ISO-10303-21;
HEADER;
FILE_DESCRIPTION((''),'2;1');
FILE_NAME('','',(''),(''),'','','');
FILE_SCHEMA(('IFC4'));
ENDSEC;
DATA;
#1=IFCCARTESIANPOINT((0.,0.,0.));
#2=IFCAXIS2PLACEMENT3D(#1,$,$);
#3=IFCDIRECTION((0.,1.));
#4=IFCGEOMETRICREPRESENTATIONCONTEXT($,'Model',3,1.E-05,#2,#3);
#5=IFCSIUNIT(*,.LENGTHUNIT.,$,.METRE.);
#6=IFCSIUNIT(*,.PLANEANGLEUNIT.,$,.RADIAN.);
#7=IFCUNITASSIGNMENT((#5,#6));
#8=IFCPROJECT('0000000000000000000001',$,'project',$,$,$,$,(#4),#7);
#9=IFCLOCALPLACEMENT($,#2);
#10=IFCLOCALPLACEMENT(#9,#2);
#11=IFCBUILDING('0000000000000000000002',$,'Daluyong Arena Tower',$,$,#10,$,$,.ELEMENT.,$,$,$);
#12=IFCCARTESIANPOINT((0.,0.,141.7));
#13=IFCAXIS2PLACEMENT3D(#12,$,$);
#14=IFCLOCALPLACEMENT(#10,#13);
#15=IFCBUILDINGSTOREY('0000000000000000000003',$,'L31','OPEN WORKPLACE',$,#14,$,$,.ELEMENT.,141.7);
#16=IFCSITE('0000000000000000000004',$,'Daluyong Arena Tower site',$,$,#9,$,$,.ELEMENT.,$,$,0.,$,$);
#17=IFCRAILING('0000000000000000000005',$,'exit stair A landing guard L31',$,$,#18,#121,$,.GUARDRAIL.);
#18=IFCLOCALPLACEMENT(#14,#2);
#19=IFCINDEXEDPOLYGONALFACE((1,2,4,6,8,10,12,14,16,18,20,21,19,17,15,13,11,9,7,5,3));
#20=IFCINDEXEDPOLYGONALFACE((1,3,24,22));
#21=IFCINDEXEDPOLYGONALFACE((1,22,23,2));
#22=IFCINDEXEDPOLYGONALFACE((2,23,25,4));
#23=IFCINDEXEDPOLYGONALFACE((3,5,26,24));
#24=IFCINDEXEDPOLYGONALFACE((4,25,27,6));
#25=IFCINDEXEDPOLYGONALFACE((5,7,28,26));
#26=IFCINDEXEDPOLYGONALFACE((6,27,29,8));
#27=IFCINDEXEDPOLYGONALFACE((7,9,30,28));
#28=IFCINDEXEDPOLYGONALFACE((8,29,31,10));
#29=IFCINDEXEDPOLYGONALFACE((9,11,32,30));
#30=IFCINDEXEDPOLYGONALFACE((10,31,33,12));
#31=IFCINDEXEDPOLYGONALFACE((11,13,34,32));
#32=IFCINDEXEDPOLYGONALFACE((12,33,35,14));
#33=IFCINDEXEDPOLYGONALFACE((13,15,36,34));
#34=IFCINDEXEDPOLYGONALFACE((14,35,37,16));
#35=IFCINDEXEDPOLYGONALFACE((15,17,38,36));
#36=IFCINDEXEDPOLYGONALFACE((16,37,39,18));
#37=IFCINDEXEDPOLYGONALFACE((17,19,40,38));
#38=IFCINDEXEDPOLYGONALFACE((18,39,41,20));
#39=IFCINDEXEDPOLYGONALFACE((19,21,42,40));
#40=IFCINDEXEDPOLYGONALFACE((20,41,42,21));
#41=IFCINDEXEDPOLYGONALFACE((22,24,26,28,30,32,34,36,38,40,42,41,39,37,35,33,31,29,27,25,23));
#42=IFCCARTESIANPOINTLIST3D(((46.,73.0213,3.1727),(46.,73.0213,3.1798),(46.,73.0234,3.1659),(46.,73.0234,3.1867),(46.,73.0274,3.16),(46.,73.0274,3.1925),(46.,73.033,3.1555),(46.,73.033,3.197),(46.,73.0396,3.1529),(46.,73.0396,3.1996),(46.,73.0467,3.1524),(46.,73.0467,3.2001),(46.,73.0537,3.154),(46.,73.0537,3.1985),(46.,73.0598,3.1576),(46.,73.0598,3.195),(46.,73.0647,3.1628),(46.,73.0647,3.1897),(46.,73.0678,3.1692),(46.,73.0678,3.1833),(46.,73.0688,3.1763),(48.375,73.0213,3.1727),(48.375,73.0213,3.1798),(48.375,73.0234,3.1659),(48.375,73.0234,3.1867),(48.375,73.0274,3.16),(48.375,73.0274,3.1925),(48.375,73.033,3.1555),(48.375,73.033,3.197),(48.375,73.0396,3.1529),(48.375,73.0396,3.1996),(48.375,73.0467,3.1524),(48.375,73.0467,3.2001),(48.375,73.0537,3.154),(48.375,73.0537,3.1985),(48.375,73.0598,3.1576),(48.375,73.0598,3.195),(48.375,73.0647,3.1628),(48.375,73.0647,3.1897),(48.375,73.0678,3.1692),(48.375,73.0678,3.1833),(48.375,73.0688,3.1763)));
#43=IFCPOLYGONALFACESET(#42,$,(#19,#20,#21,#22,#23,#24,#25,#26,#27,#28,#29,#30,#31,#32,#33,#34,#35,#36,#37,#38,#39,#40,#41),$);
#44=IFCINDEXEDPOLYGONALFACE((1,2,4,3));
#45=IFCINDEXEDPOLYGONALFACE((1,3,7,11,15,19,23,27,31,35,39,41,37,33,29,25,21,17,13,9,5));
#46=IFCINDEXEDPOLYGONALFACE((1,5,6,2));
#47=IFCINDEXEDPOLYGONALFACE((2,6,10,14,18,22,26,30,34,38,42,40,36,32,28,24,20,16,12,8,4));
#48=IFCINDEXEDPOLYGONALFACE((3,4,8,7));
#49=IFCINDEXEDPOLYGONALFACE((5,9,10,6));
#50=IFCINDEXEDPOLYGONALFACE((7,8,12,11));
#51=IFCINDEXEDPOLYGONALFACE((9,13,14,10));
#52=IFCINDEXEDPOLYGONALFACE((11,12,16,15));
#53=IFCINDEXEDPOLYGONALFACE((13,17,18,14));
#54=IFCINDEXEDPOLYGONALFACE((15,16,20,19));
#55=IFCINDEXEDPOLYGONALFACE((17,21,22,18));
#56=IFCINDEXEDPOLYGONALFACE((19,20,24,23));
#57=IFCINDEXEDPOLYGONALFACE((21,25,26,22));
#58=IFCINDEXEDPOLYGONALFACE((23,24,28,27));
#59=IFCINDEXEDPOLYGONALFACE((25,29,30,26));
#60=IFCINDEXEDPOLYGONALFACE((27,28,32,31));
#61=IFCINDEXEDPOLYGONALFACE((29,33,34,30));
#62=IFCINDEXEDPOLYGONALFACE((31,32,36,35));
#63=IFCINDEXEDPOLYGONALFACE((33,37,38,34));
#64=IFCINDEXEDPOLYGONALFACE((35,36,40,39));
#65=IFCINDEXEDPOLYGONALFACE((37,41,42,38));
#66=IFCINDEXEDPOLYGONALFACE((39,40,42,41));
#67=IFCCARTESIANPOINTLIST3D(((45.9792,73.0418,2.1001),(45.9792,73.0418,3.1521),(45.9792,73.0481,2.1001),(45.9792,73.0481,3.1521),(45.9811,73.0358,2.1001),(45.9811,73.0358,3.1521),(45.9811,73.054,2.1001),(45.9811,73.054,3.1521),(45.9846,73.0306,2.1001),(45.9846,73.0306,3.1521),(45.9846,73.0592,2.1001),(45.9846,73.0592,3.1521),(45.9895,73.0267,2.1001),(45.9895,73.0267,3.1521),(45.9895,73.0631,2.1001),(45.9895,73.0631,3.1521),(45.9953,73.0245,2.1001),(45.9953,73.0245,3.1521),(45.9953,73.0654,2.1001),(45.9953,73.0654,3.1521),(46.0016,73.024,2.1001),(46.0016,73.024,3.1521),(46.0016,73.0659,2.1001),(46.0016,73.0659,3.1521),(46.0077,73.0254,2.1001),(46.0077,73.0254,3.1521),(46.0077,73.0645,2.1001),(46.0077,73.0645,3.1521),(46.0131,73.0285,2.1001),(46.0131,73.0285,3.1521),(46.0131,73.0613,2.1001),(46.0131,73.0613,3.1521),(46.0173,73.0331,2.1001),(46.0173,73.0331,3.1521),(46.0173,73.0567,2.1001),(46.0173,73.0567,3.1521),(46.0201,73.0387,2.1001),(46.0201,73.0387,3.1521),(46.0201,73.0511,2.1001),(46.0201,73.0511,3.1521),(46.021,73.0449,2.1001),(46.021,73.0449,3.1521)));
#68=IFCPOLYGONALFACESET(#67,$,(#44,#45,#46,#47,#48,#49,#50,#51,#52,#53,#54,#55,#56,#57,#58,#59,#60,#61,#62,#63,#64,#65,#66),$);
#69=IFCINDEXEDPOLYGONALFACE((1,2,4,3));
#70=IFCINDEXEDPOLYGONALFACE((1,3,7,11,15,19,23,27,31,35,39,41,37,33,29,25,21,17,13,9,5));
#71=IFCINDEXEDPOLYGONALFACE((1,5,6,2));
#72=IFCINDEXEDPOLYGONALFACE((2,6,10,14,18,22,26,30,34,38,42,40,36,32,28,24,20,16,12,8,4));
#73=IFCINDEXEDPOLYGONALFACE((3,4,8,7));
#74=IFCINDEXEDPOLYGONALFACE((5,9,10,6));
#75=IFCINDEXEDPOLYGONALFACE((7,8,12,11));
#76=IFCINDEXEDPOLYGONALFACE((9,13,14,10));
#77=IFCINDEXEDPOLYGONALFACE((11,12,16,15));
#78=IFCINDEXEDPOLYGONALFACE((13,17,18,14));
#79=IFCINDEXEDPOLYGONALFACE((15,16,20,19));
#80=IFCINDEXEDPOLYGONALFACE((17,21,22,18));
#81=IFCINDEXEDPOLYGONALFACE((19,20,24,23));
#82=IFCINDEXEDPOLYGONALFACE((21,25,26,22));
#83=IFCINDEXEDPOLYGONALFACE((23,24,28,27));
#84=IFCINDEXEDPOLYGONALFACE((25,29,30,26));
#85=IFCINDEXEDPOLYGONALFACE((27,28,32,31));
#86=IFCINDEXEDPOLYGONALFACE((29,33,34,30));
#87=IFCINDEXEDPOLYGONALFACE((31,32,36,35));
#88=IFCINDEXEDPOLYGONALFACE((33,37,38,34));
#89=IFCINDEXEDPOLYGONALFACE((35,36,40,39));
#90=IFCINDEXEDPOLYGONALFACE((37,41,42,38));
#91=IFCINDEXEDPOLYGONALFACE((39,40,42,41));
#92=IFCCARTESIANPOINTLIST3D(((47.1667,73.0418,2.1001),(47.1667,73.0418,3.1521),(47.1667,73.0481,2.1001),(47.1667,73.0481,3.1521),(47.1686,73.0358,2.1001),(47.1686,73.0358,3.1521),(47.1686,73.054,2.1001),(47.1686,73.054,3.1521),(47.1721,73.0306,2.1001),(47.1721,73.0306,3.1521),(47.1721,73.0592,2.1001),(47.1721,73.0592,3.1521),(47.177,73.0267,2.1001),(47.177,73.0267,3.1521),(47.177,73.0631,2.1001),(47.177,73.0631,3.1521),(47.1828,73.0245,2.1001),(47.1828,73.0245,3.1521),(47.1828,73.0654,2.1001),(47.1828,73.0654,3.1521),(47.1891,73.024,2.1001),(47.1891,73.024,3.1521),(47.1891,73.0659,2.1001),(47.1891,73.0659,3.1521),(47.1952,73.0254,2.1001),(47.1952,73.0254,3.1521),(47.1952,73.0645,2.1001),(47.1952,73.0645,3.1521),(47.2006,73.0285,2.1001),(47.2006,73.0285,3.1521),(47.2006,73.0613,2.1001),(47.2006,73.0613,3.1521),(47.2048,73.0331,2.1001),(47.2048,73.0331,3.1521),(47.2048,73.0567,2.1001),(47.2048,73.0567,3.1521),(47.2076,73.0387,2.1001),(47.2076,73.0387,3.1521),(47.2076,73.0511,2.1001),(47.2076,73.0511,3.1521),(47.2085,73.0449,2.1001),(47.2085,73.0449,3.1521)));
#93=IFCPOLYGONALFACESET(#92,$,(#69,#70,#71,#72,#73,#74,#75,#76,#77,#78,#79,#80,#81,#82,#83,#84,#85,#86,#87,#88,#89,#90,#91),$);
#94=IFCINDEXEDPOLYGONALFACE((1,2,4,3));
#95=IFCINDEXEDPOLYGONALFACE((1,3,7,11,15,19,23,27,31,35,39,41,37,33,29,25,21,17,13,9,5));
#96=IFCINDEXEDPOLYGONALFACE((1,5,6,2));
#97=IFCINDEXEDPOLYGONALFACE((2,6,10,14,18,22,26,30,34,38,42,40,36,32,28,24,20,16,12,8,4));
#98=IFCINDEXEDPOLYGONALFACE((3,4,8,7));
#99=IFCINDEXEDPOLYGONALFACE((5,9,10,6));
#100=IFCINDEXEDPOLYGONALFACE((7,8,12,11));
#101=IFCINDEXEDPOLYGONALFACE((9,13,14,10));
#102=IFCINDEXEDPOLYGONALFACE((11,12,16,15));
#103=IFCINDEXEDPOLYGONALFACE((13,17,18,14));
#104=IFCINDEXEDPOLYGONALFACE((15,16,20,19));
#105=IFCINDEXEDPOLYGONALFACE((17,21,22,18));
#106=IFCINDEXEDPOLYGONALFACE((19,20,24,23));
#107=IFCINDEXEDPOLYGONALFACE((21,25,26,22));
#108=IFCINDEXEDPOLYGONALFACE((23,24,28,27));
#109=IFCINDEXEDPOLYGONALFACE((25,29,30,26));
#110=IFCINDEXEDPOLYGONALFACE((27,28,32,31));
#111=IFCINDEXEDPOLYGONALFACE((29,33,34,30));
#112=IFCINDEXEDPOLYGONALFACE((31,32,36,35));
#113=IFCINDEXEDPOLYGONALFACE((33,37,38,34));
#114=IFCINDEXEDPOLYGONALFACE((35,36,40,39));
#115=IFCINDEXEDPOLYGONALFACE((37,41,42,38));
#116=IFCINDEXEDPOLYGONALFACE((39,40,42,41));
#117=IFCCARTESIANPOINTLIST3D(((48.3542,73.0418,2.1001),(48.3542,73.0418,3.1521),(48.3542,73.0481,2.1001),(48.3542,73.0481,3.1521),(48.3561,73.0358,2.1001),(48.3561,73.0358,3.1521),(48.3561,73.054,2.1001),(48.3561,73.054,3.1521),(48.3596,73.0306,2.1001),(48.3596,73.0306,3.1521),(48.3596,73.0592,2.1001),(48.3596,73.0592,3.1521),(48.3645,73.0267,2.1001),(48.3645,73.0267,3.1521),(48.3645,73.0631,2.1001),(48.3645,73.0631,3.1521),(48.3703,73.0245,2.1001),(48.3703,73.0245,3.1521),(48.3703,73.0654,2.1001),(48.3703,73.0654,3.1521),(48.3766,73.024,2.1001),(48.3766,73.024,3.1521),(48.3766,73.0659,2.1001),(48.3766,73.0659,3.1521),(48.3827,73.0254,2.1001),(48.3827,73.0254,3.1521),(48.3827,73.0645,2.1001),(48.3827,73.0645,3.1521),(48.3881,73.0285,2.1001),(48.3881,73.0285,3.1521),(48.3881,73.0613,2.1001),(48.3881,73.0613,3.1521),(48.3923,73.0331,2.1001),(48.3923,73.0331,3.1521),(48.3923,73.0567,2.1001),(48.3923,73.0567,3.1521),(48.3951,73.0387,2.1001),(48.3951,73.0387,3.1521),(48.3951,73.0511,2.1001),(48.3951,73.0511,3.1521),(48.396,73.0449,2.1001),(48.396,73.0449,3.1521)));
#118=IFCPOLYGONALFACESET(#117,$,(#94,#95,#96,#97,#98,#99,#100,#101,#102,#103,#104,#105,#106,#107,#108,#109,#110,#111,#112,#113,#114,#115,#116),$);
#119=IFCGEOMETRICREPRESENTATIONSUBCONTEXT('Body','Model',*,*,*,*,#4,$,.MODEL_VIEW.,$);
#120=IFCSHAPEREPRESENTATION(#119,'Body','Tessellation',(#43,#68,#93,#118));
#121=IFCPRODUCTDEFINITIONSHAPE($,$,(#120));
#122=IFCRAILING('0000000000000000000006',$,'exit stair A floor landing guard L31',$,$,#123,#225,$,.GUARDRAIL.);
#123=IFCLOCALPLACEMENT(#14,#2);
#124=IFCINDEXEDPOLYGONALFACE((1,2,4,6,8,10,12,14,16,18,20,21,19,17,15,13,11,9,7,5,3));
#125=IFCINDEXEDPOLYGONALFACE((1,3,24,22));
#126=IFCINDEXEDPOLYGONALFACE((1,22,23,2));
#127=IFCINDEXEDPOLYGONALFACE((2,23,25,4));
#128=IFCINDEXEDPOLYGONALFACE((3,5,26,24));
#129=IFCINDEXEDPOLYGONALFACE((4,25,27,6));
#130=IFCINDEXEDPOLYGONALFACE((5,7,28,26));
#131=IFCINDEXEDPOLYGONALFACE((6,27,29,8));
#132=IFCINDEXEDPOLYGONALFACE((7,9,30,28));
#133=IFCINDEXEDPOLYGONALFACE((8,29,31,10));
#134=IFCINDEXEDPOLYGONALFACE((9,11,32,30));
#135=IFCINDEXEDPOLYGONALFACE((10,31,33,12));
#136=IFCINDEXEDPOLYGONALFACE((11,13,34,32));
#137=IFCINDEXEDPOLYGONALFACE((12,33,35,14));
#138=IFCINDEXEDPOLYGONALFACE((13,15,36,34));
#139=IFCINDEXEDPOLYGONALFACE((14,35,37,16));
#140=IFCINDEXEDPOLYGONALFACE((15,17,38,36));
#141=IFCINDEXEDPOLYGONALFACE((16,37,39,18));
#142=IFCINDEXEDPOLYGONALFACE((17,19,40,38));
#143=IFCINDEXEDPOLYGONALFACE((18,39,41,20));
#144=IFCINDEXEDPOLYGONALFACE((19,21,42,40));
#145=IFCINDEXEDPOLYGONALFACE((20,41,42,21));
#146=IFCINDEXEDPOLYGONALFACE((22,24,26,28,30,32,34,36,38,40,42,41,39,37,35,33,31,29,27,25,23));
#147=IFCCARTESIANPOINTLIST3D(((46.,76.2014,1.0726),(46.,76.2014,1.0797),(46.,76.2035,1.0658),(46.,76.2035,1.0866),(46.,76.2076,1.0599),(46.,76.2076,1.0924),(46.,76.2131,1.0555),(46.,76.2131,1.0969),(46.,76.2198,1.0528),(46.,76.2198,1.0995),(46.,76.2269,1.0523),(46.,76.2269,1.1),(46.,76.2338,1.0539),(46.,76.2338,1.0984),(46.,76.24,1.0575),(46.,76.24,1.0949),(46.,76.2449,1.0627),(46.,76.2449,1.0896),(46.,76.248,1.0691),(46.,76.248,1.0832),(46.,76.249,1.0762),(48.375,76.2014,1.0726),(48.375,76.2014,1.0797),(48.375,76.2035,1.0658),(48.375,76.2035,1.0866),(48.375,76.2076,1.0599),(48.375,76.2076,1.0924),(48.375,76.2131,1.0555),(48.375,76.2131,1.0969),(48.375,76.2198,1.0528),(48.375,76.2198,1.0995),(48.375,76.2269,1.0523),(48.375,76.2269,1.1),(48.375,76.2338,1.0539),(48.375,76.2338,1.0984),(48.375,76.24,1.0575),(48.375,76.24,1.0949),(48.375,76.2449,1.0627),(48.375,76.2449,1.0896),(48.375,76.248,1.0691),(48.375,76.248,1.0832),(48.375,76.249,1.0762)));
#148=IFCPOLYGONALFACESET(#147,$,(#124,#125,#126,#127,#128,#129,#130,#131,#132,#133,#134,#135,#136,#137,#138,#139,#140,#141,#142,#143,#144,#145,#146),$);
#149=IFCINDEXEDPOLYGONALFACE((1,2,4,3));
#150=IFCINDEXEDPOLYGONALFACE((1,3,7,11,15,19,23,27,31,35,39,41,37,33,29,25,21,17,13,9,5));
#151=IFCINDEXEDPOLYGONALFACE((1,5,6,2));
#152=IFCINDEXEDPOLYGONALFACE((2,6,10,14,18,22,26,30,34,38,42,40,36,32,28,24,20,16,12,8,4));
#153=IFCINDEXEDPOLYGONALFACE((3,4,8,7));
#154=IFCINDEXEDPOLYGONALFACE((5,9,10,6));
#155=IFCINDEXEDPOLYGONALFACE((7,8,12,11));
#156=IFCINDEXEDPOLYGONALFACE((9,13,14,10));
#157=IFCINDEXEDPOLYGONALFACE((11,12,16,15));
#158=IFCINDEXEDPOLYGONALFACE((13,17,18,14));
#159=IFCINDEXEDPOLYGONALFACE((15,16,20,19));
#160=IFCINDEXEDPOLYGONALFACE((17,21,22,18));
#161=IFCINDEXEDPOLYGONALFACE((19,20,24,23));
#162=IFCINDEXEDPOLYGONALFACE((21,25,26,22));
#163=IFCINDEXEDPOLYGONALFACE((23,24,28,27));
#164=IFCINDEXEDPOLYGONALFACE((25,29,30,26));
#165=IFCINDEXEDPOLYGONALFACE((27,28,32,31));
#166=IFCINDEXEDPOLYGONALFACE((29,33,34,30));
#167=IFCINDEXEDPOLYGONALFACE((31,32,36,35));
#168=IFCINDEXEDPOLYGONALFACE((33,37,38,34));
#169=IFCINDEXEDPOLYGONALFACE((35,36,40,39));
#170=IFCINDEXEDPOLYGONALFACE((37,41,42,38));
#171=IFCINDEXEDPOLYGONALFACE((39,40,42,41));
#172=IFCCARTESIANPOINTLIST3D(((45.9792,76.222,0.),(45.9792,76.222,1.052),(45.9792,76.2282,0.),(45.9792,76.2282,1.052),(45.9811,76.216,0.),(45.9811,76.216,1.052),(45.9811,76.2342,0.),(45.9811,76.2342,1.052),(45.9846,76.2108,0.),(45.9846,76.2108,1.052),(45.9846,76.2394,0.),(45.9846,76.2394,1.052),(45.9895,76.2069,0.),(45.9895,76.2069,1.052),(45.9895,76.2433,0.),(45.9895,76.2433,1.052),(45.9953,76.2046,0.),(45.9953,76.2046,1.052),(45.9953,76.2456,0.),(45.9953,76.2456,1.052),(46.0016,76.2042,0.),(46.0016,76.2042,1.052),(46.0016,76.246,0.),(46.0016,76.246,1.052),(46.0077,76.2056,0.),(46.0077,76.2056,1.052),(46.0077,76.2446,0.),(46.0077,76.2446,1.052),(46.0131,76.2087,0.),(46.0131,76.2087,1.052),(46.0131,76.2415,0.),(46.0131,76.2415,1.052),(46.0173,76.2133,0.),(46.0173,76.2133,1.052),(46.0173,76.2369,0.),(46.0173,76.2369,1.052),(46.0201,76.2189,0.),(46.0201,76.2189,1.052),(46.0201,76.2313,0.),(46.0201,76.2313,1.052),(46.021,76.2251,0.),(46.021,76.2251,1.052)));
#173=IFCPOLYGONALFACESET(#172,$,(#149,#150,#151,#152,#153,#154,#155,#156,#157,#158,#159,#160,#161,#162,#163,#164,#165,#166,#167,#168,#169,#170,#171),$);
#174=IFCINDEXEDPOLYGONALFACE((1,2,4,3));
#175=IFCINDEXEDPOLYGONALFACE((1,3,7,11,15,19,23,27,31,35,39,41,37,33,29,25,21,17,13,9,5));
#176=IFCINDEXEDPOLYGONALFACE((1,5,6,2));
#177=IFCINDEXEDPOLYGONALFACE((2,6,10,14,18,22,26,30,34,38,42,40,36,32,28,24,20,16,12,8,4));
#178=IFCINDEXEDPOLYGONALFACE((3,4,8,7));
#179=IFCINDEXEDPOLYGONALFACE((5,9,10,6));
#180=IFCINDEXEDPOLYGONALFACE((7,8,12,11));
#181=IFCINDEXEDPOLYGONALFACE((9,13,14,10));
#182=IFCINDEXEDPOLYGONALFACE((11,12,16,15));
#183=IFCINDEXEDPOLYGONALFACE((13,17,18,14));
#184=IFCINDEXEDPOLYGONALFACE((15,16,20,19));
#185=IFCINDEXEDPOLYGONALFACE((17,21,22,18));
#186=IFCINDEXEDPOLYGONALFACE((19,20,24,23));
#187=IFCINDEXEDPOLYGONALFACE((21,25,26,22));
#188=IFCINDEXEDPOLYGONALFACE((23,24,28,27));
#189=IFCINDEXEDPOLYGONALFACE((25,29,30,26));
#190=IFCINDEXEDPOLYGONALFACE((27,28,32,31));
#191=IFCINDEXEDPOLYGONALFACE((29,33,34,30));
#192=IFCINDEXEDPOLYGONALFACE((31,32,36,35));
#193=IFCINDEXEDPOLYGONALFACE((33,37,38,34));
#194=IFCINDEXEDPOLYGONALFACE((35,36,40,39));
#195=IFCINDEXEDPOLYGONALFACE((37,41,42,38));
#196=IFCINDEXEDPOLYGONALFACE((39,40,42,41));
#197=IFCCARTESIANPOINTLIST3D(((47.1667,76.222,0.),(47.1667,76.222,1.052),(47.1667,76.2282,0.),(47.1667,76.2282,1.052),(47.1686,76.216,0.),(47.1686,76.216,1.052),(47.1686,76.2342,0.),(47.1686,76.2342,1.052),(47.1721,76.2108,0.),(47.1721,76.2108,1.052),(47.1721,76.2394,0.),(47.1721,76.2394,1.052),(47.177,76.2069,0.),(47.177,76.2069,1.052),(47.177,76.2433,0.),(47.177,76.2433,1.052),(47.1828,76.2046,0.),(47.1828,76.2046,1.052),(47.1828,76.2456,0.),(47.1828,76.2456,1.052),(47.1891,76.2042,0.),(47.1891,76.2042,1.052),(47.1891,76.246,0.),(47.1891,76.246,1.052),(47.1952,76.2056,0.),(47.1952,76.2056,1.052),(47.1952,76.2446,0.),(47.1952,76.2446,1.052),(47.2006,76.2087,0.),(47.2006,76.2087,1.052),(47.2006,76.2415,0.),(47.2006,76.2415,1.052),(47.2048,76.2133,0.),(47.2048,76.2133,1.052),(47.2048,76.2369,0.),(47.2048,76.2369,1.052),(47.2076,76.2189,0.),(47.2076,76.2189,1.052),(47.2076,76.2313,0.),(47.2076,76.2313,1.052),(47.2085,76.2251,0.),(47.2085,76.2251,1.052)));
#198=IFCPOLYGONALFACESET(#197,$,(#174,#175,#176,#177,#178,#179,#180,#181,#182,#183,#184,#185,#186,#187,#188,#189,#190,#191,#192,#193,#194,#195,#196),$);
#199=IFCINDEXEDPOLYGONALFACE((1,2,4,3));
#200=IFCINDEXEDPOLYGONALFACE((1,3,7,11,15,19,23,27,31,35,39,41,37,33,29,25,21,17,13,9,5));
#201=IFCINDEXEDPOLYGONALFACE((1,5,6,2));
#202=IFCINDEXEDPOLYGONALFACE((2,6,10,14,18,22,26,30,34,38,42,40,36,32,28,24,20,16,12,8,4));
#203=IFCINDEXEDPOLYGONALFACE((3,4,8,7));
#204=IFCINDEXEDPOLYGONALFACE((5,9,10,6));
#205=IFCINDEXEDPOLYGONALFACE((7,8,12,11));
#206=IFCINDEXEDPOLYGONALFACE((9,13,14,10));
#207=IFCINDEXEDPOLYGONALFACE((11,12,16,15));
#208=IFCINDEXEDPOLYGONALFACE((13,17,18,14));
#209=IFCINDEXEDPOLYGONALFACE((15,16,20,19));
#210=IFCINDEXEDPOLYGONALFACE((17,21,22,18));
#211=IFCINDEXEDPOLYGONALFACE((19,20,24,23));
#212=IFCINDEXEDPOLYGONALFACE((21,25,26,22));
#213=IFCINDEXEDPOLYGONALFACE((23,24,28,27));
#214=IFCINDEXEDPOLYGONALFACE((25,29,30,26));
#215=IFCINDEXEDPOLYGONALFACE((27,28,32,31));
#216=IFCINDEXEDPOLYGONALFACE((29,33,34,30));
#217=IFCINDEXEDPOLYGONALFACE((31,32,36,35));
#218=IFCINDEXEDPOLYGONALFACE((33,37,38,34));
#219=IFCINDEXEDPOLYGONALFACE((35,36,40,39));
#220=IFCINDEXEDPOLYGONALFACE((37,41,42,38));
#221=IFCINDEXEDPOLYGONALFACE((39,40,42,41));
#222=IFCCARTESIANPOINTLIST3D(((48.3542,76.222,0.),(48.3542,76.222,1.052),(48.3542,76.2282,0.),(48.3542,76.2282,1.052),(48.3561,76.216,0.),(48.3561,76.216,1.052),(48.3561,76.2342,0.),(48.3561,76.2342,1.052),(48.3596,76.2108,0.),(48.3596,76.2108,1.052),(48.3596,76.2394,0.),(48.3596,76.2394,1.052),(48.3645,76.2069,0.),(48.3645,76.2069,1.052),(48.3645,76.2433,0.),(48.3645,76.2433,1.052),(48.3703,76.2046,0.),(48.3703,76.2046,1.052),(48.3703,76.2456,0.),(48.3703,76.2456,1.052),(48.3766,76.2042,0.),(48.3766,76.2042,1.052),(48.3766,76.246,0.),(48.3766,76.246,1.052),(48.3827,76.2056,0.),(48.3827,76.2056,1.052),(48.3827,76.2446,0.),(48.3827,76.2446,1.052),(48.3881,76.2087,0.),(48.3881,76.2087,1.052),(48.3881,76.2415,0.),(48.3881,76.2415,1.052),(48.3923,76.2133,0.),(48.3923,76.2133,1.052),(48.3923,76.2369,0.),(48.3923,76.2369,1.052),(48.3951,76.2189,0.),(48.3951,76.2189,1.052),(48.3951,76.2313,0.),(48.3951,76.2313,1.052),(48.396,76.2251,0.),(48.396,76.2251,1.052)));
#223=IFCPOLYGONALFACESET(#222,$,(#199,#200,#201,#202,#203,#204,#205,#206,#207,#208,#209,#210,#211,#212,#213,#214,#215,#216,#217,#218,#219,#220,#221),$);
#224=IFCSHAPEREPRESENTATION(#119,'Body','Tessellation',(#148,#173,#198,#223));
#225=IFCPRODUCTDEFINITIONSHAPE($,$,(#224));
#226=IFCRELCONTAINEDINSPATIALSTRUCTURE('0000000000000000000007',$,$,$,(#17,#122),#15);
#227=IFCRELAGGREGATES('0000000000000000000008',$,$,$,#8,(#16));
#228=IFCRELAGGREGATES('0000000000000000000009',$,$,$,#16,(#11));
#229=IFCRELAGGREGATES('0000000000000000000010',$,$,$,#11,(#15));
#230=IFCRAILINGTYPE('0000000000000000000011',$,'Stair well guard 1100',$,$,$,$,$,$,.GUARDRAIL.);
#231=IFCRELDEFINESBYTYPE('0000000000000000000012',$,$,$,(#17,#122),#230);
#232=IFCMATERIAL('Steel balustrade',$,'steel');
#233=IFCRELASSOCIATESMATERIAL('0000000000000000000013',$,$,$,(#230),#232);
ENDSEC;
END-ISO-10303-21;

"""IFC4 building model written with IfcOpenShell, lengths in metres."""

from ifc_helpers import new_model, si_unit, direction, frame, origin, origin_2d, place, context, subcontext, project, spatial, circle, extrude, material, type_object, element, save


model = new_model("IFC4")

# Units and contexts
model_context = context("Model", 3, precision=1e-05, world=origin(), true_north=direction((0.0, 1.0)))
body_context = subcontext(model_context, "Body", "Model", "MODEL_VIEW")
ifc_project = project(units=[si_unit("LENGTHUNIT", "METRE"), si_unit("PLANEANGLEUNIT", "RADIAN")], contexts=[model_context])

# Site, building, storey
site_placement = place(None, origin())
site = spatial("IfcSite", under=ifc_project, at=site_placement, Name="Daluyong Arena Tower site", CompositionType="ELEMENT", RefElevation=0.0)
building_placement = place(site_placement, origin())
building = spatial("IfcBuilding", under=site, at=building_placement, Name="Daluyong Arena Tower", CompositionType="ELEMENT")
storey_placement = place(building_placement, frame((0.0, 0.0, 141.7)))
storey = spatial("IfcBuildingStorey", under=building, at=storey_placement, Name="L31", Description="OPEN WORKPLACE", CompositionType="ELEMENT", Elevation=141.7)

# Railings
ifc_material_1 = material(Name="Steel balustrade", Category="steel")
railing_type_1 = type_object("IfcRailingType", Name="Stair well guard 1100", PredefinedType="GUARDRAIL", material=ifc_material_1)
for number, where, name in (
    (1, (46.0, 73.0449, 2.1001), "exit stair A landing guard L31"),
    (2, (46.0, 76.2251, 0.0), "exit stair A floor landing guard L31"),
):
    element("IfcRailing", number, at=place(storey_placement, frame(where)), inside=storey, type_object=railing_type_1, Name=name, PredefinedType="GUARDRAIL", context=body_context, shape_type="SweptSolid", body=[
        extrude(circle(Radius=0.0239, at=origin_2d()), frame((0.0, 0.0, 1.0762), z_axis=(1.0, 0.0, 0.0), x_axis=(0.0, 1.0, 0.0)), (0.0, 0.0, 1.0), 2.375),
        extrude(circle(Radius=0.021, at=origin_2d()), origin(), (0.0, 0.0, 1.0), 1.052),
        extrude(circle(Radius=0.021, at=origin_2d()), frame((1.1875, 0.0, 0.0)), (0.0, 0.0, 1.0), 1.052),
        extrude(circle(Radius=0.021, at=origin_2d()), frame((2.375, 0.0, 0.0)), (0.0, 0.0, 1.0), 1.052),
    ])

save(model, "model.ifc")
